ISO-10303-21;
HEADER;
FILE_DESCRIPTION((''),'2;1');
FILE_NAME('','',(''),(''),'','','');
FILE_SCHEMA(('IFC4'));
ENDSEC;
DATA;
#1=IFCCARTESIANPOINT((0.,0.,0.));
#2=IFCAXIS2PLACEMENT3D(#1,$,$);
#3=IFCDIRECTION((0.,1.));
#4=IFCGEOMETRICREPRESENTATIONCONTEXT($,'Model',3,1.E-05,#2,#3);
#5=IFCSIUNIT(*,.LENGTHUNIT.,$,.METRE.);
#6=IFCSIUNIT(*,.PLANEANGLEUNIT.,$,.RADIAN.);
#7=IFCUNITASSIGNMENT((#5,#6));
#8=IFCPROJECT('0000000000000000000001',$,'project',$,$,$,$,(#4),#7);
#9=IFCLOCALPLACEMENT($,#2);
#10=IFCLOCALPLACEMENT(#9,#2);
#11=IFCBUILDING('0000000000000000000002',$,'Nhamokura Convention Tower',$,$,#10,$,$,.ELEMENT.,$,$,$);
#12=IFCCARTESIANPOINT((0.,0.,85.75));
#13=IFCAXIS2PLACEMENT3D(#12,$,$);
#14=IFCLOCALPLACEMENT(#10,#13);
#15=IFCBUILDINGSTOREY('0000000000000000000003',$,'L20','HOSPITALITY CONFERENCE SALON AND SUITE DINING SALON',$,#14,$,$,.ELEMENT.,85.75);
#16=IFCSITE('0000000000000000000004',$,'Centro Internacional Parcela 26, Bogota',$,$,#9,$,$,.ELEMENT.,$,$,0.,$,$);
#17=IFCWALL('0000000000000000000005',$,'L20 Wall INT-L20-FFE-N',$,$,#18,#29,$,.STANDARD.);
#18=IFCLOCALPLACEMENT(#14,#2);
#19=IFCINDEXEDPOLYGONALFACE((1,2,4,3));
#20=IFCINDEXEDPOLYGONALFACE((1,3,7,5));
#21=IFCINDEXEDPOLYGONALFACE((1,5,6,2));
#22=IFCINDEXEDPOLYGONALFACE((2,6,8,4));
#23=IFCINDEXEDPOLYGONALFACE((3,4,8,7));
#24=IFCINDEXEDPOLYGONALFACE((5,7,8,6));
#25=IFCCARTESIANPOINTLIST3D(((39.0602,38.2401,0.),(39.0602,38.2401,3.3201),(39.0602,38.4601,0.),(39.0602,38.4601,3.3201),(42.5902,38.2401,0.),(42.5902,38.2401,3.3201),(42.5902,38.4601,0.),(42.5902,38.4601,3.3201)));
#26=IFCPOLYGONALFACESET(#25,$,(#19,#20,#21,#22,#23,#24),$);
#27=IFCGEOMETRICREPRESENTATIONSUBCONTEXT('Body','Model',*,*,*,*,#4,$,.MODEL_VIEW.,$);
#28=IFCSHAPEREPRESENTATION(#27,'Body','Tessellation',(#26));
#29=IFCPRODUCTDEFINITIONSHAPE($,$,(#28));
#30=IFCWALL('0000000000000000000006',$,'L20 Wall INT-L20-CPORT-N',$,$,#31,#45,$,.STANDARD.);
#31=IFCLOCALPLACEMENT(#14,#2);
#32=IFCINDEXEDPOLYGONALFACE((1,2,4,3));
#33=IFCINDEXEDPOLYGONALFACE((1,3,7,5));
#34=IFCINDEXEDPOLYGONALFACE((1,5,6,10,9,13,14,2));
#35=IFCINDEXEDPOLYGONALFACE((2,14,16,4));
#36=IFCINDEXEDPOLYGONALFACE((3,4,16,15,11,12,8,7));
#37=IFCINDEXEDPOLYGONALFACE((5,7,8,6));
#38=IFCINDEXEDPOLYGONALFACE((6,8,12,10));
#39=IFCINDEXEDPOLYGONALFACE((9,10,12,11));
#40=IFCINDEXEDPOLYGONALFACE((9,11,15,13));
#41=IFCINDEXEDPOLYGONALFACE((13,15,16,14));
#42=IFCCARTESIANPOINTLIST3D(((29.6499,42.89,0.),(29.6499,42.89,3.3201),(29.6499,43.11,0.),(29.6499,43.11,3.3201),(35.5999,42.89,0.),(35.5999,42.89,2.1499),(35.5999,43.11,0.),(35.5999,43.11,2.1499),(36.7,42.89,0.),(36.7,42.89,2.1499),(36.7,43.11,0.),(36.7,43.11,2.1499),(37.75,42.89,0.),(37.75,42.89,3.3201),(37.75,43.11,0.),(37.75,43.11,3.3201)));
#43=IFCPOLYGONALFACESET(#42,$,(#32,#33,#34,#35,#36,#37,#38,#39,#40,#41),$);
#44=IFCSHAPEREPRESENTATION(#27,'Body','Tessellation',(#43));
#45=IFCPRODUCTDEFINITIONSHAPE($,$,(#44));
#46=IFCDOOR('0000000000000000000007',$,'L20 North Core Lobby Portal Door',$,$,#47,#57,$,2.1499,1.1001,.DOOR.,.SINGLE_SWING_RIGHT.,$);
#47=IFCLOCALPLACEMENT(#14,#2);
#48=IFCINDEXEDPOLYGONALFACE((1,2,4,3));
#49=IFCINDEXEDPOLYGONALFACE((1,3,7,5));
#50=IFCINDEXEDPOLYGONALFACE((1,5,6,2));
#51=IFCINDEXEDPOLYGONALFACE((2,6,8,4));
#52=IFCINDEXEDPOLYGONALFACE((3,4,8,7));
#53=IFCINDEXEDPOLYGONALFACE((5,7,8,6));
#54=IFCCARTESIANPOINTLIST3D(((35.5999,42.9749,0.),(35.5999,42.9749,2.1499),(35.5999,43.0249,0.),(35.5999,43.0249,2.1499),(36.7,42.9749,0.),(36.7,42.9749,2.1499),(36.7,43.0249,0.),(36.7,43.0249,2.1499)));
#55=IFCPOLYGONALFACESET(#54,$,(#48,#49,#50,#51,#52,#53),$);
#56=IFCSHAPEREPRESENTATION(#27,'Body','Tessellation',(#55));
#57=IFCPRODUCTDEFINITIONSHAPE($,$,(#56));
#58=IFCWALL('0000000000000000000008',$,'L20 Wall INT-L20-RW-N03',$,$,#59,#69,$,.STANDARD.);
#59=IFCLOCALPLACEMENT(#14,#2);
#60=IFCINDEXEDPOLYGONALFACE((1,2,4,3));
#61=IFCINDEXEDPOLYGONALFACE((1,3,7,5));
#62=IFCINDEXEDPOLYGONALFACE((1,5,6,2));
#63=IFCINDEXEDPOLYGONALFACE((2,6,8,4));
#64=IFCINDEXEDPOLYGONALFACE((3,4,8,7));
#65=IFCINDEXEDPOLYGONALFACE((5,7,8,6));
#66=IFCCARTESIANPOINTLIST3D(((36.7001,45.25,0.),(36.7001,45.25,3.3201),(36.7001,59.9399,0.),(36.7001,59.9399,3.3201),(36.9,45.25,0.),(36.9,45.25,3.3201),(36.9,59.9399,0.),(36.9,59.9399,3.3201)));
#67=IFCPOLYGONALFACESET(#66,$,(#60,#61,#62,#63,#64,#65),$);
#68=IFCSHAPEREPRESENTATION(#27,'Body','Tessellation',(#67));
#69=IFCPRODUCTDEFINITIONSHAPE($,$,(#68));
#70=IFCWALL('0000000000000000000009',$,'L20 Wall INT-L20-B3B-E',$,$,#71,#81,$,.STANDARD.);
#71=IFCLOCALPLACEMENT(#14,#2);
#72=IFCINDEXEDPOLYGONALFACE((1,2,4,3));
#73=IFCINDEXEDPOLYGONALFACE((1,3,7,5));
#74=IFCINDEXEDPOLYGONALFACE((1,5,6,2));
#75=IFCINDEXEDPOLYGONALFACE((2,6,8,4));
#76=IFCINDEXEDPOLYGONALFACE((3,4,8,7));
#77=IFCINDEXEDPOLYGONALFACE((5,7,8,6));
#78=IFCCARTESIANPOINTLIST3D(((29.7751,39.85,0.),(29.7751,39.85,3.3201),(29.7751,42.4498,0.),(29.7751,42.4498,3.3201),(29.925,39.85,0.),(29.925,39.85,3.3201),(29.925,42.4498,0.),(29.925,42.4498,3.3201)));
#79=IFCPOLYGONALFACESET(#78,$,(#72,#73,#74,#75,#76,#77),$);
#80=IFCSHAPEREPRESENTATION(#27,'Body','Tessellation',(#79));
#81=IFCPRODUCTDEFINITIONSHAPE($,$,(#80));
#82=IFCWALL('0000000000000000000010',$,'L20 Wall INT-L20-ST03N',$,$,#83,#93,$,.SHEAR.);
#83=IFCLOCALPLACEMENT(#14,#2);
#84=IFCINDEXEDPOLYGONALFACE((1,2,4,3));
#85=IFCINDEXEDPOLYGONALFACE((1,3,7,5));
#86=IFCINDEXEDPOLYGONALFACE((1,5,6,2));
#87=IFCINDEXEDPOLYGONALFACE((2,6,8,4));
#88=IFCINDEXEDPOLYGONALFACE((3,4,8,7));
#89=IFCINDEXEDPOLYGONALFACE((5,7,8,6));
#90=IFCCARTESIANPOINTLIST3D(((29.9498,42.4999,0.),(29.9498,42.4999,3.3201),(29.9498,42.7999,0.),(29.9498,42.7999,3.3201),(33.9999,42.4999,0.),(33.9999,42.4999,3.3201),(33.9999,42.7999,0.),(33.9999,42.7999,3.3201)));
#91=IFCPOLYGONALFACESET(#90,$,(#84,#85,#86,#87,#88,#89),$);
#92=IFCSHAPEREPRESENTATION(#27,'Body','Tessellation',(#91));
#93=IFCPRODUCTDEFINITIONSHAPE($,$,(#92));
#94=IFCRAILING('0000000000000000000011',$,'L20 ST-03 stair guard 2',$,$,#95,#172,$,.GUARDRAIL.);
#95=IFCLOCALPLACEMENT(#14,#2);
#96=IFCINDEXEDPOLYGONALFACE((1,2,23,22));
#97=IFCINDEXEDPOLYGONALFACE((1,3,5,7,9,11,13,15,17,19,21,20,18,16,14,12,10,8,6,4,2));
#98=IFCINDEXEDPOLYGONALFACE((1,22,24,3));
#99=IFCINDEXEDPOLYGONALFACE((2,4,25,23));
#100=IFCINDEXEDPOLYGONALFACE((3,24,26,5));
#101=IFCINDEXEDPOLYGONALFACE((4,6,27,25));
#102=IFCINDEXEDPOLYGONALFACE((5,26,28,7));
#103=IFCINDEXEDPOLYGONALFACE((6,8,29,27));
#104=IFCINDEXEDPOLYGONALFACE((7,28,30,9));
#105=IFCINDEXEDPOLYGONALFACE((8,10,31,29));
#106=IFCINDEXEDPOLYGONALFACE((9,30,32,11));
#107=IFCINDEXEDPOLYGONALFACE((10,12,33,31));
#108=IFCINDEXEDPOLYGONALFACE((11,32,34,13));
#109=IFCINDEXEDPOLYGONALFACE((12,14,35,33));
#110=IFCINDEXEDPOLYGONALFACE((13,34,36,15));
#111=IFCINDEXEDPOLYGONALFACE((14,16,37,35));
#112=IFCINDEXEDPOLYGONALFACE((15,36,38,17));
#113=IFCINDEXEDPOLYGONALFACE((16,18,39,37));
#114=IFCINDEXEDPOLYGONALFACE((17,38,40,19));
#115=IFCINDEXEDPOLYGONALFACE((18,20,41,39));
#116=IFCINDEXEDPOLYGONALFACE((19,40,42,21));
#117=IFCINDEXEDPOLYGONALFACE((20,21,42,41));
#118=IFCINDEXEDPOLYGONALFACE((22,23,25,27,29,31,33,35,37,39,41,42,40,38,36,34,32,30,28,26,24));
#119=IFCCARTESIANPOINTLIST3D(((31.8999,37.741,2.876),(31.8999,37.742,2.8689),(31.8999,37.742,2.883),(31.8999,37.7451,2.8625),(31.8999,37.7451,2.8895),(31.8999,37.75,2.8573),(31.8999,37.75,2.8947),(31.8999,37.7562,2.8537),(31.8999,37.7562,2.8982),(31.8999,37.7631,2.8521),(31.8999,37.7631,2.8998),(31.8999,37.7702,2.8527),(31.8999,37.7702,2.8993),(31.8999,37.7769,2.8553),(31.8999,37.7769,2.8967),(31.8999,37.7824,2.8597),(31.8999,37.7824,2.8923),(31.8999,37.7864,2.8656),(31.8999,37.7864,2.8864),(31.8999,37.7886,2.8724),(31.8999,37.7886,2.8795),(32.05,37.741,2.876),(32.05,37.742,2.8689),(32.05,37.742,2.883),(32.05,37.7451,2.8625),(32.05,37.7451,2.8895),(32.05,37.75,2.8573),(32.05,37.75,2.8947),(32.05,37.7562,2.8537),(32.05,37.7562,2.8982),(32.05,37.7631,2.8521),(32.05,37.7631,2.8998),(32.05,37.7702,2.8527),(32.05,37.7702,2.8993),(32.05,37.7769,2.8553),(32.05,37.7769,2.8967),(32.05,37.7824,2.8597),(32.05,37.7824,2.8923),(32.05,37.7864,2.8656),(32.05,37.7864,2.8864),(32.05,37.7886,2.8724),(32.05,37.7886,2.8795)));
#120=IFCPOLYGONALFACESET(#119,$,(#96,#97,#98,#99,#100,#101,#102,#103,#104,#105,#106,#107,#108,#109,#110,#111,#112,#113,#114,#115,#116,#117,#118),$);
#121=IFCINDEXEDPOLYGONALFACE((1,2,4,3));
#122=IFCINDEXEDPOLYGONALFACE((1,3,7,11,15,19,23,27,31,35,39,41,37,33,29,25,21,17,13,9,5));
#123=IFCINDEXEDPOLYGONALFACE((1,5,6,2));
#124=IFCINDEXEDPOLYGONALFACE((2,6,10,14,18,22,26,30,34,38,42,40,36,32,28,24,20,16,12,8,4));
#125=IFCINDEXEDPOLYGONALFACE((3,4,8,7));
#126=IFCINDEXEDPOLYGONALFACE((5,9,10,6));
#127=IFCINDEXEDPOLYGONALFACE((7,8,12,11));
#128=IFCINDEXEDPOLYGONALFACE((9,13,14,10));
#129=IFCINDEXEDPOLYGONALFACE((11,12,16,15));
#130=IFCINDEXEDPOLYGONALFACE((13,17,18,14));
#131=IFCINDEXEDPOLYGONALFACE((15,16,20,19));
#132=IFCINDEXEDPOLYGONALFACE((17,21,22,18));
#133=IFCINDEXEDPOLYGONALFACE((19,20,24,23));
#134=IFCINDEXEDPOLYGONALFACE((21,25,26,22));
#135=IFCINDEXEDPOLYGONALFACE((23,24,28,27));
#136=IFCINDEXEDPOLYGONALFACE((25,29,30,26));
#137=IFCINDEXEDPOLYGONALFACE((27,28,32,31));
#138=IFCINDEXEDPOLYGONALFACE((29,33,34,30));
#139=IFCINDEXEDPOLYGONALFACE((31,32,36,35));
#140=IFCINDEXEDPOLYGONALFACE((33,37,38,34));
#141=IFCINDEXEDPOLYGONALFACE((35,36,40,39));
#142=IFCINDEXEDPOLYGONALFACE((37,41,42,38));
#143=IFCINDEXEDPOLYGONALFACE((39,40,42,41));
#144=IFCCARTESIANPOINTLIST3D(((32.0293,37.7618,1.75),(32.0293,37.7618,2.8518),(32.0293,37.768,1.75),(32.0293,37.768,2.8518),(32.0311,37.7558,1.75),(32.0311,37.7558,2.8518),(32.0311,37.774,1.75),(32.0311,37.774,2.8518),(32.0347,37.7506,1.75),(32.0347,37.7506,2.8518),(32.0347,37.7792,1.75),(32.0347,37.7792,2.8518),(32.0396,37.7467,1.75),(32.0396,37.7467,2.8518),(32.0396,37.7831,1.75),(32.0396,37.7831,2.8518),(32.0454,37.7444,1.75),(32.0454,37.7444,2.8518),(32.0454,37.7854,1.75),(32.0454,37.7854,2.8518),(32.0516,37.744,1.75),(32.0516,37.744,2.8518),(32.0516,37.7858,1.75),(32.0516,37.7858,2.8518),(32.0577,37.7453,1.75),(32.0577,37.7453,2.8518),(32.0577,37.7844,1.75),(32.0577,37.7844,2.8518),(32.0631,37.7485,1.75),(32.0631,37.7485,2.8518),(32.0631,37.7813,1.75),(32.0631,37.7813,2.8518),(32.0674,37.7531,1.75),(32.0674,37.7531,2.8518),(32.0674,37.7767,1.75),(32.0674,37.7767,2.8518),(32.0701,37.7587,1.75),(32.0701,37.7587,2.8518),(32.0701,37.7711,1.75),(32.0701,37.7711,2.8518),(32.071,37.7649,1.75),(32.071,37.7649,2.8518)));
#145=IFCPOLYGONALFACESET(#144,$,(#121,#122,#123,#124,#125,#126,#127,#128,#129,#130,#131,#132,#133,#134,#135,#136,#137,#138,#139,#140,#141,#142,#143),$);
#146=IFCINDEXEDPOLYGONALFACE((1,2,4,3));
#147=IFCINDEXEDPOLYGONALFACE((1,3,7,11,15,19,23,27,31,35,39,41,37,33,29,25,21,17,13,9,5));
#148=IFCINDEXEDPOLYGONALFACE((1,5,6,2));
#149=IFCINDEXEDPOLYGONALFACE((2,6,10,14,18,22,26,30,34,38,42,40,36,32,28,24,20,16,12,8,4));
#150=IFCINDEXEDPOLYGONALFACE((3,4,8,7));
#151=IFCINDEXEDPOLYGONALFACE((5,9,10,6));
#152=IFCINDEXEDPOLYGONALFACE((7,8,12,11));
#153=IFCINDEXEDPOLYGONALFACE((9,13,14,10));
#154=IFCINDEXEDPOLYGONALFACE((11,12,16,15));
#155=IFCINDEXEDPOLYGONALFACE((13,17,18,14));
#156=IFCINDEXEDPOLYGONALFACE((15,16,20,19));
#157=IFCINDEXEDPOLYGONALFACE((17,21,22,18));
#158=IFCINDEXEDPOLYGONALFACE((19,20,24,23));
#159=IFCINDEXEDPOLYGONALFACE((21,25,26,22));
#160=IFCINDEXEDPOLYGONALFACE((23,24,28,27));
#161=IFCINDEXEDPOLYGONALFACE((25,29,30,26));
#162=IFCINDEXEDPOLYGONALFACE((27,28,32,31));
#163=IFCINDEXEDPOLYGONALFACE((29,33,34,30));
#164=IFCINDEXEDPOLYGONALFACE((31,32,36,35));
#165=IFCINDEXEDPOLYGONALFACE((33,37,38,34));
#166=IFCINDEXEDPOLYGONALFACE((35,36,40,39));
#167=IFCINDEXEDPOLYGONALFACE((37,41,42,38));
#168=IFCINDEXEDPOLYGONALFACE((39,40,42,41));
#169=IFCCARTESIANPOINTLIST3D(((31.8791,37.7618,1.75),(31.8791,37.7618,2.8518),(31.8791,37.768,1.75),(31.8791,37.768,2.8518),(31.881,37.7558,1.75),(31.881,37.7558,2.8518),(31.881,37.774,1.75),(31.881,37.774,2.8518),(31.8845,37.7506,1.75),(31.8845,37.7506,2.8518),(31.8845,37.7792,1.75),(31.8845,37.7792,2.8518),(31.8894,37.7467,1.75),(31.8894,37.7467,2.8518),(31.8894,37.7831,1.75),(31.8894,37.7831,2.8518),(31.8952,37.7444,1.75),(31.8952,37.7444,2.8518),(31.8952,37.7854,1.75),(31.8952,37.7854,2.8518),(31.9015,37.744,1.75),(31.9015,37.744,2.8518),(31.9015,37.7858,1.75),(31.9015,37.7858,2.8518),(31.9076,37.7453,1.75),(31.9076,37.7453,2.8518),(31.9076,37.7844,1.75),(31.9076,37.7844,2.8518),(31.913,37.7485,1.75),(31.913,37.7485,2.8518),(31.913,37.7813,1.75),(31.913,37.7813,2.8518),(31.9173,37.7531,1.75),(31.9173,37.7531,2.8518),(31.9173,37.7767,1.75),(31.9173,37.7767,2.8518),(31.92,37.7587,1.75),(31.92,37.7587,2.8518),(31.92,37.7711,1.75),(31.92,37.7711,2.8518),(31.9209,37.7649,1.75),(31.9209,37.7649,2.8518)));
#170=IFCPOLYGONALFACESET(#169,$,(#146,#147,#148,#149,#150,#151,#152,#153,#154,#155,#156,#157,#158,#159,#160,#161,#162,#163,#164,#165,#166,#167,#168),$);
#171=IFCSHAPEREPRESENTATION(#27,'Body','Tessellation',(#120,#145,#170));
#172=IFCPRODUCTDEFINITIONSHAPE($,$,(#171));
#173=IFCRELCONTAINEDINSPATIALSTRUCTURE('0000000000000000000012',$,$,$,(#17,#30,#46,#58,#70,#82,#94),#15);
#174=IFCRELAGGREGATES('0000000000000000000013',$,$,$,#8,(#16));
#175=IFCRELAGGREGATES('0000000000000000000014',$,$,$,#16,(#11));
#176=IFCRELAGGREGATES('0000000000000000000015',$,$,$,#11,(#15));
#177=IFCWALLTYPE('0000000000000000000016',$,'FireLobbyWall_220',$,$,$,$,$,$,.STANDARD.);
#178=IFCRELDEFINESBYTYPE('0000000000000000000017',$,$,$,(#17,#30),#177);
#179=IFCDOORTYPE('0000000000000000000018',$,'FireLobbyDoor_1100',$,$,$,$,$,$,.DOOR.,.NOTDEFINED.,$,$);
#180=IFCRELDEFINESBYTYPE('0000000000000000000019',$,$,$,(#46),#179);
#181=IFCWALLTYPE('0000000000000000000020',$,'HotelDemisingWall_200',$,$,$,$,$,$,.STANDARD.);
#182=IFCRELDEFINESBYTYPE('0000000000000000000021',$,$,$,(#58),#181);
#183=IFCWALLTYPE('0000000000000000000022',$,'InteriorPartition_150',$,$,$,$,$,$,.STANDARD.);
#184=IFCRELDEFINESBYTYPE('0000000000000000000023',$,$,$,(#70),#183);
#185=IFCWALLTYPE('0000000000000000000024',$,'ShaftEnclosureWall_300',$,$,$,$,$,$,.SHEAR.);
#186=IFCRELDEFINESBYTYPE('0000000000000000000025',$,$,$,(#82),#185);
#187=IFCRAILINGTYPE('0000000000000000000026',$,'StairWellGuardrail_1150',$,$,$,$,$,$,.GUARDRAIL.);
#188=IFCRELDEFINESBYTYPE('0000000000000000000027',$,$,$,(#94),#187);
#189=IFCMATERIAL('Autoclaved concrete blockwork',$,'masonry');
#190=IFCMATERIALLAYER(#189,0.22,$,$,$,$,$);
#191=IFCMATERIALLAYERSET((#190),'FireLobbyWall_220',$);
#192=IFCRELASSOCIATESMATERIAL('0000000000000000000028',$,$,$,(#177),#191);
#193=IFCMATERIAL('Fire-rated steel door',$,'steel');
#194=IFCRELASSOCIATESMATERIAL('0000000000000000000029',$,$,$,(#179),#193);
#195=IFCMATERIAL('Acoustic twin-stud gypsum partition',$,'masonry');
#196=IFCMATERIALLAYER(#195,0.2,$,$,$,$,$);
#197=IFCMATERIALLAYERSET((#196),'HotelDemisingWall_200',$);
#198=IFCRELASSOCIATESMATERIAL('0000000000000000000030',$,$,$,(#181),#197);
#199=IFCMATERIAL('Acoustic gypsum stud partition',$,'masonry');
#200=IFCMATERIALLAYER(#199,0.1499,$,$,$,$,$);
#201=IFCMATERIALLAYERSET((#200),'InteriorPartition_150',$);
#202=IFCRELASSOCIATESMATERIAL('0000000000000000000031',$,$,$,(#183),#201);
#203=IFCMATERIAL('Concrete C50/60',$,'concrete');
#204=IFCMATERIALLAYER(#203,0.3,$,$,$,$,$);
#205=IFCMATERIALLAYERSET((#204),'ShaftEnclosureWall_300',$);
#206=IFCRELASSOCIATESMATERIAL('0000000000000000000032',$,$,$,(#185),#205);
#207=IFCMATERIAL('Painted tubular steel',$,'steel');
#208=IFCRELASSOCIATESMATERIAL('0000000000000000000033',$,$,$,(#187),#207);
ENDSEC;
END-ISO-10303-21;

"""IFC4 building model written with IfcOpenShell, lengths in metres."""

from ifc_helpers import new_model, si_unit, direction, frame, frame_2d, origin, origin_2d, place, context, subcontext, project, spatial, rectangle, circle, extrude, material, layer, layer_set, type_object, element, fill, save


model = new_model("IFC4")

# Units and contexts
model_context = context("Model", 3, precision=1e-05, world=origin(), true_north=direction((0.0, 1.0)))
body_context = subcontext(model_context, "Body", "Model", "MODEL_VIEW")
ifc_project = project(units=[si_unit("LENGTHUNIT", "METRE"), si_unit("PLANEANGLEUNIT", "RADIAN")], contexts=[model_context])

# Site, building, storey
site_placement = place(None, origin())
site = spatial("IfcSite", under=ifc_project, at=site_placement, Name="Centro Internacional Parcela 26, Bogota", CompositionType="ELEMENT", RefElevation=0.0)
building_placement = place(site_placement, origin())
building = spatial("IfcBuilding", under=site, at=building_placement, Name="Nhamokura Convention Tower", CompositionType="ELEMENT")
storey_placement = place(building_placement, frame((0.0, 0.0, 85.75)))
storey = spatial("IfcBuildingStorey", under=building, at=storey_placement, Name="L20", Description="HOSPITALITY CONFERENCE SALON AND SUITE DINING SALON", CompositionType="ELEMENT", Elevation=85.75)

# Wall
ifc_material_1 = material(Name="Autoclaved concrete blockwork", Category="masonry")
ifc_layer_1 = layer(ifc_material_1, 0.22)
ifc_layer_set_1 = layer_set([ifc_layer_1], Name="FireLobbyWall_220")
wall_type_1 = type_object("IfcWallType", Name="FireLobbyWall_220", PredefinedType="STANDARD", material=ifc_layer_set_1)
wall_1_placement = place(storey_placement, frame((39.0601, 38.3501, 0.0), z_axis=(0.0, 0.0, 1.0), x_axis=(1.0, 0.0, 0.0)))
element("IfcWall", 1, at=wall_1_placement, inside=storey, type_object=wall_type_1, Name="L20 Wall INT-L20-FFE-N", PredefinedType="STANDARD", context=body_context, shape_type="SweptSolid", body=[
    extrude(rectangle(XDim=3.53, YDim=0.22, at=frame_2d((1.7651, 0.0))), origin(), (0.0, 0.0, 1.0), 3.3201),
])

# Wall, opening, door
wall_2_placement = place(storey_placement, frame((29.6499, 43.0, 0.0), z_axis=(0.0, 0.0, 1.0), x_axis=(1.0, 0.0, 0.0)))
wall_2 = element("IfcWall", 2, at=wall_2_placement, inside=storey, type_object=wall_type_1, Name="L20 Wall INT-L20-CPORT-N", PredefinedType="STANDARD", context=body_context, shape_type="SweptSolid", body=[
    extrude(rectangle(XDim=8.1001, YDim=0.22, at=frame_2d((4.05, 0.0))), origin(), (0.0, 0.0, 1.0), 3.3201),
])
opening_1_placement = place(wall_2_placement, frame((5.95, 0.0, 0.0)))
opening_1 = element("IfcOpeningElement", 3, at=opening_1_placement, cuts=wall_2, PredefinedType="OPENING", context=body_context, shape_type="SweptSolid", body=[
    extrude(rectangle(XDim=1.1001, YDim=2.1499, at=frame_2d((0.55, 1.075))), frame((0.0, 0.1199, 0.0), z_axis=(0.0, -1.0, 0.0), x_axis=(1.0, 0.0, 0.0)), (0.0, 0.0, 1.0), 0.24),
])
ifc_material_2 = material(Name="Fire-rated steel door", Category="steel")
door_type_1 = type_object("IfcDoorType", Name="FireLobbyDoor_1100", OperationType="NOTDEFINED", PredefinedType="DOOR", material=ifc_material_2)
door_1_placement = place(opening_1_placement, origin())
door_1 = element("IfcDoor", 4, at=door_1_placement, inside=storey, type_object=door_type_1, Name="L20 North Core Lobby Portal Door", OperationType="SINGLE_SWING_RIGHT", OverallHeight=2.1499, OverallWidth=1.1001, PredefinedType="DOOR", context=body_context, shape_type="SweptSolid", body=[
    extrude(rectangle(XDim=1.1001, YDim=2.1499, at=frame_2d((0.55, 1.075))), frame((0.0, 0.0249, 0.0), z_axis=(0.0, -1.0, 0.0), x_axis=(1.0, 0.0, 0.0)), (0.0, 0.0, 1.0), 0.05),
])
fill(opening_1, door_1)

# Walls
ifc_material_3 = material(Name="Acoustic twin-stud gypsum partition", Category="masonry")
ifc_layer_2 = layer(ifc_material_3, 0.2)
ifc_layer_set_2 = layer_set([ifc_layer_2], Name="HotelDemisingWall_200")
wall_type_2 = type_object("IfcWallType", Name="HotelDemisingWall_200", PredefinedType="STANDARD", material=ifc_layer_set_2)
wall_3_placement = place(storey_placement, frame((36.8, 45.25, 0.0), z_axis=(0.0, 0.0, 1.0), x_axis=(0.0, 1.0, 0.0)))
element("IfcWall", 5, at=wall_3_placement, inside=storey, type_object=wall_type_2, Name="L20 Wall INT-L20-RW-N03", PredefinedType="STANDARD", context=body_context, shape_type="SweptSolid", body=[
    extrude(rectangle(XDim=14.6899, YDim=0.2, at=frame_2d((7.345, 0.0))), origin(), (0.0, 0.0, 1.0), 3.3201),
])
ifc_material_4 = material(Name="Acoustic gypsum stud partition", Category="masonry")
ifc_layer_3 = layer(ifc_material_4, 0.1499)
ifc_layer_set_3 = layer_set([ifc_layer_3], Name="InteriorPartition_150")
wall_type_3 = type_object("IfcWallType", Name="InteriorPartition_150", PredefinedType="STANDARD", material=ifc_layer_set_3)
wall_4_placement = place(storey_placement, frame((29.8501, 39.8501, 0.0), z_axis=(0.0, 0.0, 1.0), x_axis=(0.0, 1.0, 0.0)))
element("IfcWall", 6, at=wall_4_placement, inside=storey, type_object=wall_type_3, Name="L20 Wall INT-L20-B3B-E", PredefinedType="STANDARD", context=body_context, shape_type="SweptSolid", body=[
    extrude(rectangle(XDim=2.5999, YDim=0.1499, at=frame_2d((1.2998, 0.0))), origin(), (0.0, 0.0, 1.0), 3.3201),
])
ifc_material_5 = material(Name="Concrete C50/60", Category="concrete")
ifc_layer_4 = layer(ifc_material_5, 0.3)
ifc_layer_set_4 = layer_set([ifc_layer_4], Name="ShaftEnclosureWall_300")
wall_type_4 = type_object("IfcWallType", Name="ShaftEnclosureWall_300", PredefinedType="SHEAR", material=ifc_layer_set_4)
wall_5_placement = place(storey_placement, frame((29.95, 42.6499, 0.0), z_axis=(0.0, 0.0, 1.0), x_axis=(1.0, 0.0, 0.0)))
element("IfcWall", 7, at=wall_5_placement, inside=storey, type_object=wall_type_4, Name="L20 Wall INT-L20-ST03N", PredefinedType="SHEAR", context=body_context, shape_type="SweptSolid", body=[
    extrude(rectangle(XDim=4.05, YDim=0.3, at=frame_2d((2.0249, 0.0))), origin(), (0.0, 0.0, 1.0), 3.3201),
])

# Railing
ifc_material_6 = material(Name="Painted tubular steel", Category="steel")
railing_type = type_object("IfcRailingType", Name="StairWellGuardrail_1150", PredefinedType="GUARDRAIL", material=ifc_material_6)
railing_1_placement = place(storey_placement, frame((32.05, 37.7649, 1.75)))
element("IfcRailing", 8, at=railing_1_placement, inside=storey, type_object=railing_type, Name="L20 ST-03 stair guard 2", PredefinedType="GUARDRAIL", context=body_context, shape_type="SweptSolid", body=[
    extrude(circle(Radius=0.0239, at=origin_2d()), frame((0.0, 0.0, 1.126), z_axis=(-1.0, 0.0, 0.0), x_axis=(0.0, -1.0, 0.0)), (0.0, 0.0, 1.0), 0.1501),
    extrude(circle(Radius=0.021, at=origin_2d()), origin(), (0.0, 0.0, 1.0), 1.1018),
    extrude(circle(Radius=0.021, at=origin_2d()), frame((-0.1501, 0.0, 0.0)), (0.0, 0.0, 1.0), 1.1018),
])

save(model, "model.ifc")
